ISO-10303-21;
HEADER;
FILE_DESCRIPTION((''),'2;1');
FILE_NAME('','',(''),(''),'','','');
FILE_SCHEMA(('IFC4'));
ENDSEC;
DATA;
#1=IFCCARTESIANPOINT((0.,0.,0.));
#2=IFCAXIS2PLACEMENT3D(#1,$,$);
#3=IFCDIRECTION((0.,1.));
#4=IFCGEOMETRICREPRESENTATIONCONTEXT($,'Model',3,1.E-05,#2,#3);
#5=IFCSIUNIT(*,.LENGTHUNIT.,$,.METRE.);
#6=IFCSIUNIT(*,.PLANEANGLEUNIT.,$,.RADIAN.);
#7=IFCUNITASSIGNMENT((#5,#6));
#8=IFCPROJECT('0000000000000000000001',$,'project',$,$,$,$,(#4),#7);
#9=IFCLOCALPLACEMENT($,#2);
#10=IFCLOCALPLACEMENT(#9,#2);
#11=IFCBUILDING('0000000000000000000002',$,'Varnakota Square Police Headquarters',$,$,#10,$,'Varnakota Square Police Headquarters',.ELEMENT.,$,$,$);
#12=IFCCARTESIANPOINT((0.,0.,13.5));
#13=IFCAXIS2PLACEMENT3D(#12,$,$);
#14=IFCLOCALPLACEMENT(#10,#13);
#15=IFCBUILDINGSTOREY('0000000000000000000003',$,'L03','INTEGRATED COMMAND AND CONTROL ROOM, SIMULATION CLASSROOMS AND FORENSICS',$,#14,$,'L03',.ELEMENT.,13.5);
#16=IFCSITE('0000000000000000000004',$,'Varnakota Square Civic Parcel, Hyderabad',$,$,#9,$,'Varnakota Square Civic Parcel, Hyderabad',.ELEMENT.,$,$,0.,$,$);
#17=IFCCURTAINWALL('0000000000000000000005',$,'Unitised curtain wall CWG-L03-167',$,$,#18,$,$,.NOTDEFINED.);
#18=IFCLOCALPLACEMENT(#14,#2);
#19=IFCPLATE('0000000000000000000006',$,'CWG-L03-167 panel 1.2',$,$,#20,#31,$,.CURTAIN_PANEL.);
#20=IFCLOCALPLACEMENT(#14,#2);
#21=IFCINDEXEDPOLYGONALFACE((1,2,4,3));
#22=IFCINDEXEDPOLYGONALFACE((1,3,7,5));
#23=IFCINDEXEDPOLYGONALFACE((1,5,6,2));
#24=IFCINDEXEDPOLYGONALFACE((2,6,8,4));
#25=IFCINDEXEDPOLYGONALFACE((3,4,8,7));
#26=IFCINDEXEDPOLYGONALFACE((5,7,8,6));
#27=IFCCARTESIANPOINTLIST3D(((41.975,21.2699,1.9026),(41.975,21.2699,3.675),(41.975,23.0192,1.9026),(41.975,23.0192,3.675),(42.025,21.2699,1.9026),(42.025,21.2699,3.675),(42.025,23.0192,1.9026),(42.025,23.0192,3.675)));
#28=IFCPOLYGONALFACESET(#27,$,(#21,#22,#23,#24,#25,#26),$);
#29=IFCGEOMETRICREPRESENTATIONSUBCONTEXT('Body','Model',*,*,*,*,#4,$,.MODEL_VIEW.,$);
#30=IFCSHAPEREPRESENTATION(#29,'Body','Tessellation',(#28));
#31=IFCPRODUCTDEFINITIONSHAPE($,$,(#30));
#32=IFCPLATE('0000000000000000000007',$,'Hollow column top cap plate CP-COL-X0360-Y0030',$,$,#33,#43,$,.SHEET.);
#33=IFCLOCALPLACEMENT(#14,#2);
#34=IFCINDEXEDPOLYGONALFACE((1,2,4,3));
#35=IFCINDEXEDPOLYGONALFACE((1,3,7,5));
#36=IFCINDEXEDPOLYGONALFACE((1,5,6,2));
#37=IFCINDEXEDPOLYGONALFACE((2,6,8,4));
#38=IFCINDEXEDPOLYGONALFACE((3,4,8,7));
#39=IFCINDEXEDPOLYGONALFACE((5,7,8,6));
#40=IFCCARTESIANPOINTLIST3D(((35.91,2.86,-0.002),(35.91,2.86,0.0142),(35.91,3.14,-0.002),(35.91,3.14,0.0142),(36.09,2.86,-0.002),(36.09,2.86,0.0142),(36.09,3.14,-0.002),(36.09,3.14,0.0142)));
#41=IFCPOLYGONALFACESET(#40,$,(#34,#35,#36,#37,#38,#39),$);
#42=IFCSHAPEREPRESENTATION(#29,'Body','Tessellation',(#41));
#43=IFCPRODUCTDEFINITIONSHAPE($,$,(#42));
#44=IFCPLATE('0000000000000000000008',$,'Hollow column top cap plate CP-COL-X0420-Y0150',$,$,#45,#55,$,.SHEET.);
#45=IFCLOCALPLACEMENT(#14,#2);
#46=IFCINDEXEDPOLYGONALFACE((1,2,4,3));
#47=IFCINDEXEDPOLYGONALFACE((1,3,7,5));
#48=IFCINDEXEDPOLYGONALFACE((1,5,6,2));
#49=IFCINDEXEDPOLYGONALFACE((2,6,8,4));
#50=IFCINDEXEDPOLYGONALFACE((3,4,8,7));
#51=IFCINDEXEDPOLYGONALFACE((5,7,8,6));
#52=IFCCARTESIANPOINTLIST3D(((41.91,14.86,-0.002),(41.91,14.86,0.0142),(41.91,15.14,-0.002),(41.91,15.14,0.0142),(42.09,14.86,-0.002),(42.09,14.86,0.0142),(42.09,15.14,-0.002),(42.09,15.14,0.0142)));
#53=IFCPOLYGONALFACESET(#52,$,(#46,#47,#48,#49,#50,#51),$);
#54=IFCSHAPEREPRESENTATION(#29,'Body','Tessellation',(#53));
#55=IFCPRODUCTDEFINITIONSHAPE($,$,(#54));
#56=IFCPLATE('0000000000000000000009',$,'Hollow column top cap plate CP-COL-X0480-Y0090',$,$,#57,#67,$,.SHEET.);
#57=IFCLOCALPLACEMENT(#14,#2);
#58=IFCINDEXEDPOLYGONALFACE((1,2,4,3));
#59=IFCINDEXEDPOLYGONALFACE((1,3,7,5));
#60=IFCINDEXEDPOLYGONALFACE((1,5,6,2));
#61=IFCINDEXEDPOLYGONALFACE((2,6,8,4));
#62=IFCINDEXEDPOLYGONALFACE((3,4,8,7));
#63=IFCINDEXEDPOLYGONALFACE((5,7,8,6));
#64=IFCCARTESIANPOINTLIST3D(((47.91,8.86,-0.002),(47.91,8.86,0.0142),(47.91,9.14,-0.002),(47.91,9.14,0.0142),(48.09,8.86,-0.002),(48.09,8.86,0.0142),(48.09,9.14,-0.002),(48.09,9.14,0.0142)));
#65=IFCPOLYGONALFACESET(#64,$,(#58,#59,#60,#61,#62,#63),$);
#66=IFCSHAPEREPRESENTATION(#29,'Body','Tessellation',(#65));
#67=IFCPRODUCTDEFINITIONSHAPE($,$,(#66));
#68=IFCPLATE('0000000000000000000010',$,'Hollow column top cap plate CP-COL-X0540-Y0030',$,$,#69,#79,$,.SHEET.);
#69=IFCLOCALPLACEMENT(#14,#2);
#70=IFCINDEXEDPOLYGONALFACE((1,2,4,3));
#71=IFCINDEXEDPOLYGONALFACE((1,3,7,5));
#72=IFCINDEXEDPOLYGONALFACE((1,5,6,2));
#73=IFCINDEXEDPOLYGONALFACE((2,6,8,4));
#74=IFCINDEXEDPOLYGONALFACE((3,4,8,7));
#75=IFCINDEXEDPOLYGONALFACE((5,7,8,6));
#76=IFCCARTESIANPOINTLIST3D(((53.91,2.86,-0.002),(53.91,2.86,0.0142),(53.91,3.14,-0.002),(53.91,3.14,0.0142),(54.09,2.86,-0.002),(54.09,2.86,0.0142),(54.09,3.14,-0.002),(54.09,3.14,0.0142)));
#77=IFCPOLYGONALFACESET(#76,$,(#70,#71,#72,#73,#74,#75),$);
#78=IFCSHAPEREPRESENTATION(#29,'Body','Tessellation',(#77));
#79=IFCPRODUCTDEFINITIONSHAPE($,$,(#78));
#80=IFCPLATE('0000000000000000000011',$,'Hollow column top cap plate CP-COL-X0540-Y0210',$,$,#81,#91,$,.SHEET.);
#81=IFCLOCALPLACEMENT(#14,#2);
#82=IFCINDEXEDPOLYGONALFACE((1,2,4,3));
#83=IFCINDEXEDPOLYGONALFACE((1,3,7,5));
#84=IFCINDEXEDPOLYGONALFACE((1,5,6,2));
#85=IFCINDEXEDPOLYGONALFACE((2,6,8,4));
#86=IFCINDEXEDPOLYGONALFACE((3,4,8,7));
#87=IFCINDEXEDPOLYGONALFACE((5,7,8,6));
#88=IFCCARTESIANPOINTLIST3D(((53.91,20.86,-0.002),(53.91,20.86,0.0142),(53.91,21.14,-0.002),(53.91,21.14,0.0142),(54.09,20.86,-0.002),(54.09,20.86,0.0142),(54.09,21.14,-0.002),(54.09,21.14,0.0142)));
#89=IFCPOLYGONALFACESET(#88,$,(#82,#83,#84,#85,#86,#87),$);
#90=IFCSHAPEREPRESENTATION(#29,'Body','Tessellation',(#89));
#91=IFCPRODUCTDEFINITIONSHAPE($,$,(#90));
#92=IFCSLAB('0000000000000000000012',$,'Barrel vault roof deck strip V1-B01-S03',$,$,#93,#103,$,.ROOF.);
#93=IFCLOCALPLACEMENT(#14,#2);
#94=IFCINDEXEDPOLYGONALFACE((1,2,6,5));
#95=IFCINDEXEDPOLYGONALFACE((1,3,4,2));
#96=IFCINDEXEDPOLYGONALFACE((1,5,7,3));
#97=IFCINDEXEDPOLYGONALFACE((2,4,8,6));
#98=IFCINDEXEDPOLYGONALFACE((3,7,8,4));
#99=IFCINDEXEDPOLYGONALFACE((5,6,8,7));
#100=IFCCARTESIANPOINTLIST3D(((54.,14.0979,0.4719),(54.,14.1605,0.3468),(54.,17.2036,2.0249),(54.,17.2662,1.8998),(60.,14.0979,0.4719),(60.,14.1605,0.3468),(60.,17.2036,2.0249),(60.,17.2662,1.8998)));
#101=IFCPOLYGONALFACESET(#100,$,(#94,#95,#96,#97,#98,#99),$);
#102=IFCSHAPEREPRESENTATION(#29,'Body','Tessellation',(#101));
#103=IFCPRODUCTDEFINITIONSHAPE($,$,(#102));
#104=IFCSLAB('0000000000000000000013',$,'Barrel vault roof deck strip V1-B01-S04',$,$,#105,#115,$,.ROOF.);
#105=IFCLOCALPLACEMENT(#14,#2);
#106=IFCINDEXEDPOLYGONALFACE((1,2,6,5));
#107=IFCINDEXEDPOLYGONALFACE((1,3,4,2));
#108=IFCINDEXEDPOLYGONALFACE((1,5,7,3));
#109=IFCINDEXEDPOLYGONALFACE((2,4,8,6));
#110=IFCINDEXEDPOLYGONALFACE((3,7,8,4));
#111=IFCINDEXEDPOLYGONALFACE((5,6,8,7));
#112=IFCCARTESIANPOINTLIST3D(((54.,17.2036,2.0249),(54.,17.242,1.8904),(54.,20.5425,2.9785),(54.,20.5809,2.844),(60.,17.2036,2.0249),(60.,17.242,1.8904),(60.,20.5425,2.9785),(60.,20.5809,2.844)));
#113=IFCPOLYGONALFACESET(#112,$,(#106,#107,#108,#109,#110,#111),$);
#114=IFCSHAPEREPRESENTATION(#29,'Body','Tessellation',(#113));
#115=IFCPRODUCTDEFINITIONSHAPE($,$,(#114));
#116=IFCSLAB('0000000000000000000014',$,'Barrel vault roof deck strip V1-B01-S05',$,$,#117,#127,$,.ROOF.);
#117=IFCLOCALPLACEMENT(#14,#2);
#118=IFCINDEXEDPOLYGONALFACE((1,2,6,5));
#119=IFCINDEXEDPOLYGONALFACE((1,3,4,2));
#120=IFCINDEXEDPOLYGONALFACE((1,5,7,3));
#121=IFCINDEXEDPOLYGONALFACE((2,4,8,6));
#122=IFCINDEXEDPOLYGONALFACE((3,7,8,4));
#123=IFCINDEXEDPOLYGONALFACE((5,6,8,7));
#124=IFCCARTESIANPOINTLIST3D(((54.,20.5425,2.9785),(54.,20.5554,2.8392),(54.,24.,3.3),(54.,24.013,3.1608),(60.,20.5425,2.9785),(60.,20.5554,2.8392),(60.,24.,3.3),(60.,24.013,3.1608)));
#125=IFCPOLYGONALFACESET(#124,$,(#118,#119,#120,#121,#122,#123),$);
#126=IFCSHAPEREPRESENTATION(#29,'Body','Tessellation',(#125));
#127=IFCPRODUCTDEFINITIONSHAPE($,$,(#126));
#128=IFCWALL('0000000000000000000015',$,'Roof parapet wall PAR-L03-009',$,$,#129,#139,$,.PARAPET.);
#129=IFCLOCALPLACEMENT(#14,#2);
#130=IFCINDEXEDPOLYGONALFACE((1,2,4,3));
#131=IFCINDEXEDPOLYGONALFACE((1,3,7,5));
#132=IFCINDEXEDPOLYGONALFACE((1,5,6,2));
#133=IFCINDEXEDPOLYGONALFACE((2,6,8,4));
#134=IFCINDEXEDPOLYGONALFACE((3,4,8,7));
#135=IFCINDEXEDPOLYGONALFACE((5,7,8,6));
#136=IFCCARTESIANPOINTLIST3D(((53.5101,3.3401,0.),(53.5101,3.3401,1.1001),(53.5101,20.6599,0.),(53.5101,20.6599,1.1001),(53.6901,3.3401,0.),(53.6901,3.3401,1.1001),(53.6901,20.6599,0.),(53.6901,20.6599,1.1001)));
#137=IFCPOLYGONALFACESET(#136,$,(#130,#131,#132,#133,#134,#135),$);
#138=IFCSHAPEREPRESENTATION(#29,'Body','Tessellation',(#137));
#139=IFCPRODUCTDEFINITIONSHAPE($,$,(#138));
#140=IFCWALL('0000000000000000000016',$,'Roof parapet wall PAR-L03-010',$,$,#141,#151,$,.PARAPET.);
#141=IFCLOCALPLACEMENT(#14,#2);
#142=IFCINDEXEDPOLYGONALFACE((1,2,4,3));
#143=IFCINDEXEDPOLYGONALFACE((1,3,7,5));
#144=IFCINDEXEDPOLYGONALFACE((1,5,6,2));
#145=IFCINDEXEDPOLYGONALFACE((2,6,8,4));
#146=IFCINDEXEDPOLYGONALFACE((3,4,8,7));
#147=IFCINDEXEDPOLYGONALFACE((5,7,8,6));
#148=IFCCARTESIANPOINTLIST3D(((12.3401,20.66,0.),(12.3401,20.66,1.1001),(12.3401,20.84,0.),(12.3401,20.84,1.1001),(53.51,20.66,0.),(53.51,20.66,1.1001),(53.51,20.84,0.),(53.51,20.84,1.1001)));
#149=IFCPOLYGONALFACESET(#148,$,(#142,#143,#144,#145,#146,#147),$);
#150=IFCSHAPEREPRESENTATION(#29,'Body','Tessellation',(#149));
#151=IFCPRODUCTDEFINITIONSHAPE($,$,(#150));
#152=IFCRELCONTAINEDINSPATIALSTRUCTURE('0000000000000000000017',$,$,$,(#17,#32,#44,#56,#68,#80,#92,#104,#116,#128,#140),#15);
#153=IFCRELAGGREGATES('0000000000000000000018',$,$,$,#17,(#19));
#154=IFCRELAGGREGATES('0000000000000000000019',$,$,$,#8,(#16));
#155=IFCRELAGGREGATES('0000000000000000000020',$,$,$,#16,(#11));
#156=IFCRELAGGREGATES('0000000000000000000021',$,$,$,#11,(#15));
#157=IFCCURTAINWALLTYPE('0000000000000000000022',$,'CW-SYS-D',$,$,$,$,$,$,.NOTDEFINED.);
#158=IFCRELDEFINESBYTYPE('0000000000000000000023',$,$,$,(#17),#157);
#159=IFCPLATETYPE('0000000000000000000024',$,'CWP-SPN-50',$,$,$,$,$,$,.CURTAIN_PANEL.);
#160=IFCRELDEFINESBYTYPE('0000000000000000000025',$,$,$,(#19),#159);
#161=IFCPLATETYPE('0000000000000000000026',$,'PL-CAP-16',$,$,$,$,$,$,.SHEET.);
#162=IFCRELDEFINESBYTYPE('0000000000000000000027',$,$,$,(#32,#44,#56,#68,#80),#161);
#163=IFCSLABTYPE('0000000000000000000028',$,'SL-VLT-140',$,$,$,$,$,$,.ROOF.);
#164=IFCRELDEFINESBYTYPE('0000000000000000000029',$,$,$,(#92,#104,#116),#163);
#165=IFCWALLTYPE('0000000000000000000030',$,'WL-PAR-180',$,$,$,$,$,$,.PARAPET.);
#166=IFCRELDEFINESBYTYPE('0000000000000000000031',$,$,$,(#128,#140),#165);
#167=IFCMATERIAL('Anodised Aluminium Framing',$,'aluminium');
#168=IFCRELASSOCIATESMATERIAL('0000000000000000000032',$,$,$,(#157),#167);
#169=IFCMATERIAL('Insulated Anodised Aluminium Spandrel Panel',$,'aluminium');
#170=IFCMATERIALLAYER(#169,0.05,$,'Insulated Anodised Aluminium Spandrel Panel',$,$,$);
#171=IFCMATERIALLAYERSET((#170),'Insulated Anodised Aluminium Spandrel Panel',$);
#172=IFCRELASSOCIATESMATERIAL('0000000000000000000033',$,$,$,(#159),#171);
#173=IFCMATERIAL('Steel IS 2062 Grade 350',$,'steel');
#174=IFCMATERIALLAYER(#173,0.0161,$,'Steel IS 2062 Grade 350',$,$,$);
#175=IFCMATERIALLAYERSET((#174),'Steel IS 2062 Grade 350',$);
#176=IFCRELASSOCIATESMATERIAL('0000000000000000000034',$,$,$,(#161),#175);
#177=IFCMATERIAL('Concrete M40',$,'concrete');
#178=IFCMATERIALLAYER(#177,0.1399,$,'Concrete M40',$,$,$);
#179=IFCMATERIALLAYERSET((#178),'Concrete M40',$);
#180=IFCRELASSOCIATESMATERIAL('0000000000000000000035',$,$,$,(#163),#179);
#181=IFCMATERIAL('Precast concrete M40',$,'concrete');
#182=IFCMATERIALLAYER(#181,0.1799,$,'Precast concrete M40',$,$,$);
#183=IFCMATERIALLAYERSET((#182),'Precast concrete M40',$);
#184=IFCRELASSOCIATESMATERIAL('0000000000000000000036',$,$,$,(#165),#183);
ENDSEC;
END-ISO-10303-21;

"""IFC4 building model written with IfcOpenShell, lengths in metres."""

from ifc_helpers import new_model, si_unit, direction, frame, frame_2d, origin, origin_2d, place, context, subcontext, project, spatial, polyline, rectangle, outline, extrude, material, layer, layer_set, type_object, element, aggregate, save


model = new_model("IFC4")

# Units and contexts
model_context = context("Model", 3, precision=1e-05, world=origin(), true_north=direction((0.0, 1.0)))
body_context = subcontext(model_context, "Body", "Model", "MODEL_VIEW")
ifc_project = project(units=[si_unit("LENGTHUNIT", "METRE"), si_unit("PLANEANGLEUNIT", "RADIAN")], contexts=[model_context])

# Site, building, storey
site_placement = place(None, origin())
site = spatial("IfcSite", under=ifc_project, at=site_placement, Name="Varnakota Square Civic Parcel, Hyderabad", LongName="Varnakota Square Civic Parcel, Hyderabad", CompositionType="ELEMENT", RefElevation=0.0)
building_placement = place(site_placement, origin())
building = spatial("IfcBuilding", under=site, at=building_placement, Name="Varnakota Square Police Headquarters", LongName="Varnakota Square Police Headquarters", CompositionType="ELEMENT")
storey_placement = place(building_placement, frame((0.0, 0.0, 13.5)))
storey = spatial("IfcBuildingStorey", under=building, at=storey_placement, Name="L03", Description="INTEGRATED COMMAND AND CONTROL ROOM, SIMULATION CLASSROOMS AND FORENSICS", LongName="L03", CompositionType="ELEMENT", Elevation=13.5)

# Shared definitions
ifc_material_1 = material(Name="Steel IS 2062 Grade 350", Category="steel")

# Curtain wall
ifc_material_2 = material(Name="Anodised Aluminium Framing", Category="aluminium")
curtain_wall_type = type_object("IfcCurtainWallType", Name="CW-SYS-D", PredefinedType="NOTDEFINED", material=ifc_material_2)
curtain_wall_placement = place(storey_placement, origin())
curtain_wall = element("IfcCurtainWall", 1, at=curtain_wall_placement, inside=storey, type_object=curtain_wall_type, Name="Unitised curtain wall CWG-L03-167", PredefinedType="NOTDEFINED")

# Plate
ifc_material_3 = material(Name="Insulated Anodised Aluminium Spandrel Panel", Category="aluminium")
ifc_layer_1 = layer(ifc_material_3, 0.05, Name="Insulated Anodised Aluminium Spandrel Panel")
ifc_layer_set_1 = layer_set([ifc_layer_1], Name="Insulated Anodised Aluminium Spandrel Panel")
plate_type_1 = type_object("IfcPlateType", Name="CWP-SPN-50", PredefinedType="CURTAIN_PANEL", material=ifc_layer_set_1)
plate_1_placement = place(storey_placement, frame((42.0, 22.1445, 1.9026), z_axis=(0.0, 0.0, 1.0), x_axis=(0.0, 1.0, 0.0)))
plate_1 = element("IfcPlate", 2, at=plate_1_placement, type_object=plate_type_1, Name="CWG-L03-167 panel 1.2", PredefinedType="CURTAIN_PANEL", context=body_context, shape_type="SweptSolid", body=[
    extrude(rectangle(XDim=1.7493, YDim=0.05, at=origin_2d()), origin(), (0.0, 0.0, 1.0), 1.7725),
])
aggregate(curtain_wall, [plate_1])

# Plates
ifc_layer_2 = layer(ifc_material_1, 0.0161, Name="Steel IS 2062 Grade 350")
ifc_layer_set_2 = layer_set([ifc_layer_2], Name="Steel IS 2062 Grade 350")
plate_type_2 = type_object("IfcPlateType", Name="PL-CAP-16", PredefinedType="SHEET", material=ifc_layer_set_2)
for number, where, z_axis, x_axis, name in (
    (3, (36.0, 3.0, -0.002), (0.0, 0.0, 1.0), (1.0, 0.0, 0.0), "Hollow column top cap plate CP-COL-X0360-Y0030"),
    (4, (42.0, 15.0, -0.002), (0.0, 0.0, 1.0), (1.0, 0.0, 0.0), "Hollow column top cap plate CP-COL-X0420-Y0150"),
    (5, (48.0, 9.0, -0.002), (0.0, 0.0, 1.0), (1.0, 0.0, 0.0), "Hollow column top cap plate CP-COL-X0480-Y0090"),
    (6, (54.0, 3.0, -0.002), (0.0, 0.0, 1.0), (1.0, 0.0, 0.0), "Hollow column top cap plate CP-COL-X0540-Y0030"),
    (7, (54.0, 21.0, -0.002), (0.0, 0.0, 1.0), (1.0, 0.0, 0.0), "Hollow column top cap plate CP-COL-X0540-Y0210"),
):
    element("IfcPlate", number, at=place(storey_placement, frame(where, z_axis=z_axis, x_axis=x_axis)), inside=storey, type_object=plate_type_2, Name=name, PredefinedType="SHEET", context=body_context, shape_type="SweptSolid", body=[
        extrude(rectangle(XDim=0.1799, YDim=0.28, at=origin_2d()), origin(), (0.0, 0.0, 1.0), 0.0161),
    ])

# Slabs
ifc_material_4 = material(Name="Concrete M40", Category="concrete")
ifc_layer_3 = layer(ifc_material_4, 0.1399, Name="Concrete M40")
ifc_layer_set_3 = layer_set([ifc_layer_3], Name="Concrete M40")
slab_type = type_object("IfcSlabType", Name="SL-VLT-140", PredefinedType="ROOF", material=ifc_layer_set_3)
slab_1_placement = place(storey_placement, frame((54.0, 14.0979, 0.4719), z_axis=(0.0, -0.447242, 0.894413), x_axis=(1.0, 0.0, 0.0)))
element("IfcSlab", 8, at=slab_1_placement, inside=storey, type_object=slab_type, Name="Barrel vault roof deck strip V1-B01-S03", PredefinedType="ROOF", context=body_context, shape_type="SweptSolid", body=[
    extrude(outline(polyline([(0.0, 0.0), (6.0, 0.0), (6.0, 3.4723), (0.0, 3.4723), (0.0, 0.0)])), origin(), (0.0, 0.0, -1.0), 0.1399),
])
slab_2_placement = place(storey_placement, frame((54.0, 17.2036, 2.0249), z_axis=(0.0, -0.274628, 0.96155), x_axis=(1.0, 0.0, 0.0)))
element("IfcSlab", 9, at=slab_2_placement, inside=storey, type_object=slab_type, Name="Barrel vault roof deck strip V1-B01-S04", PredefinedType="ROOF", context=body_context, shape_type="SweptSolid", body=[
    extrude(outline(polyline([(0.0, 0.0), (6.0, 0.0), (6.0, 3.4724), (0.0, 3.4724), (0.0, 0.0)])), origin(), (0.0, 0.0, -1.0), 0.1399),
])
slab_3_placement = place(storey_placement, frame((54.0, 20.5425, 2.9785), z_axis=(0.0, -0.092596, 0.995704), x_axis=(1.0, 0.0, 0.0)))
element("IfcSlab", 10, at=slab_3_placement, inside=storey, type_object=slab_type, Name="Barrel vault roof deck strip V1-B01-S05", PredefinedType="ROOF", context=body_context, shape_type="SweptSolid", body=[
    extrude(outline(polyline([(0.0, 0.0), (6.0, 0.0), (6.0, 3.4724), (0.0, 3.4724), (0.0, 0.0)])), origin(), (0.0, 0.0, -1.0), 0.1399),
])

# Walls
ifc_material_5 = material(Name="Precast concrete M40", Category="concrete")
ifc_layer_4 = layer(ifc_material_5, 0.1799, Name="Precast concrete M40")
ifc_layer_set_4 = layer_set([ifc_layer_4], Name="Precast concrete M40")
wall_type = type_object("IfcWallType", Name="WL-PAR-180", PredefinedType="PARAPET", material=ifc_layer_set_4)
wall_1_placement = place(storey_placement, frame((53.6001, 3.3401, 0.0), z_axis=(0.0, 0.0, 1.0), x_axis=(0.0, 1.0, 0.0)))
element("IfcWall", 11, at=wall_1_placement, inside=storey, type_object=wall_type, Name="Roof parapet wall PAR-L03-009", PredefinedType="PARAPET", context=body_context, shape_type="SweptSolid", body=[
    extrude(rectangle(XDim=17.3198, YDim=0.1799, at=frame_2d((8.6599, 0.0))), origin(), (0.0, 0.0, 1.0), 1.1001),
])
wall_2_placement = place(storey_placement, frame((53.51, 20.75, 0.0), z_axis=(0.0, 0.0, 1.0), x_axis=(-1.0, 0.0, 0.0)))
element("IfcWall", 12, at=wall_2_placement, inside=storey, type_object=wall_type, Name="Roof parapet wall PAR-L03-010", PredefinedType="PARAPET", context=body_context, shape_type="SweptSolid", body=[
    extrude(rectangle(XDim=41.1699, YDim=0.1799, at=frame_2d((20.585, 0.0))), origin(), (0.0, 0.0, 1.0), 1.1001),
])

save(model, "model.ifc")
